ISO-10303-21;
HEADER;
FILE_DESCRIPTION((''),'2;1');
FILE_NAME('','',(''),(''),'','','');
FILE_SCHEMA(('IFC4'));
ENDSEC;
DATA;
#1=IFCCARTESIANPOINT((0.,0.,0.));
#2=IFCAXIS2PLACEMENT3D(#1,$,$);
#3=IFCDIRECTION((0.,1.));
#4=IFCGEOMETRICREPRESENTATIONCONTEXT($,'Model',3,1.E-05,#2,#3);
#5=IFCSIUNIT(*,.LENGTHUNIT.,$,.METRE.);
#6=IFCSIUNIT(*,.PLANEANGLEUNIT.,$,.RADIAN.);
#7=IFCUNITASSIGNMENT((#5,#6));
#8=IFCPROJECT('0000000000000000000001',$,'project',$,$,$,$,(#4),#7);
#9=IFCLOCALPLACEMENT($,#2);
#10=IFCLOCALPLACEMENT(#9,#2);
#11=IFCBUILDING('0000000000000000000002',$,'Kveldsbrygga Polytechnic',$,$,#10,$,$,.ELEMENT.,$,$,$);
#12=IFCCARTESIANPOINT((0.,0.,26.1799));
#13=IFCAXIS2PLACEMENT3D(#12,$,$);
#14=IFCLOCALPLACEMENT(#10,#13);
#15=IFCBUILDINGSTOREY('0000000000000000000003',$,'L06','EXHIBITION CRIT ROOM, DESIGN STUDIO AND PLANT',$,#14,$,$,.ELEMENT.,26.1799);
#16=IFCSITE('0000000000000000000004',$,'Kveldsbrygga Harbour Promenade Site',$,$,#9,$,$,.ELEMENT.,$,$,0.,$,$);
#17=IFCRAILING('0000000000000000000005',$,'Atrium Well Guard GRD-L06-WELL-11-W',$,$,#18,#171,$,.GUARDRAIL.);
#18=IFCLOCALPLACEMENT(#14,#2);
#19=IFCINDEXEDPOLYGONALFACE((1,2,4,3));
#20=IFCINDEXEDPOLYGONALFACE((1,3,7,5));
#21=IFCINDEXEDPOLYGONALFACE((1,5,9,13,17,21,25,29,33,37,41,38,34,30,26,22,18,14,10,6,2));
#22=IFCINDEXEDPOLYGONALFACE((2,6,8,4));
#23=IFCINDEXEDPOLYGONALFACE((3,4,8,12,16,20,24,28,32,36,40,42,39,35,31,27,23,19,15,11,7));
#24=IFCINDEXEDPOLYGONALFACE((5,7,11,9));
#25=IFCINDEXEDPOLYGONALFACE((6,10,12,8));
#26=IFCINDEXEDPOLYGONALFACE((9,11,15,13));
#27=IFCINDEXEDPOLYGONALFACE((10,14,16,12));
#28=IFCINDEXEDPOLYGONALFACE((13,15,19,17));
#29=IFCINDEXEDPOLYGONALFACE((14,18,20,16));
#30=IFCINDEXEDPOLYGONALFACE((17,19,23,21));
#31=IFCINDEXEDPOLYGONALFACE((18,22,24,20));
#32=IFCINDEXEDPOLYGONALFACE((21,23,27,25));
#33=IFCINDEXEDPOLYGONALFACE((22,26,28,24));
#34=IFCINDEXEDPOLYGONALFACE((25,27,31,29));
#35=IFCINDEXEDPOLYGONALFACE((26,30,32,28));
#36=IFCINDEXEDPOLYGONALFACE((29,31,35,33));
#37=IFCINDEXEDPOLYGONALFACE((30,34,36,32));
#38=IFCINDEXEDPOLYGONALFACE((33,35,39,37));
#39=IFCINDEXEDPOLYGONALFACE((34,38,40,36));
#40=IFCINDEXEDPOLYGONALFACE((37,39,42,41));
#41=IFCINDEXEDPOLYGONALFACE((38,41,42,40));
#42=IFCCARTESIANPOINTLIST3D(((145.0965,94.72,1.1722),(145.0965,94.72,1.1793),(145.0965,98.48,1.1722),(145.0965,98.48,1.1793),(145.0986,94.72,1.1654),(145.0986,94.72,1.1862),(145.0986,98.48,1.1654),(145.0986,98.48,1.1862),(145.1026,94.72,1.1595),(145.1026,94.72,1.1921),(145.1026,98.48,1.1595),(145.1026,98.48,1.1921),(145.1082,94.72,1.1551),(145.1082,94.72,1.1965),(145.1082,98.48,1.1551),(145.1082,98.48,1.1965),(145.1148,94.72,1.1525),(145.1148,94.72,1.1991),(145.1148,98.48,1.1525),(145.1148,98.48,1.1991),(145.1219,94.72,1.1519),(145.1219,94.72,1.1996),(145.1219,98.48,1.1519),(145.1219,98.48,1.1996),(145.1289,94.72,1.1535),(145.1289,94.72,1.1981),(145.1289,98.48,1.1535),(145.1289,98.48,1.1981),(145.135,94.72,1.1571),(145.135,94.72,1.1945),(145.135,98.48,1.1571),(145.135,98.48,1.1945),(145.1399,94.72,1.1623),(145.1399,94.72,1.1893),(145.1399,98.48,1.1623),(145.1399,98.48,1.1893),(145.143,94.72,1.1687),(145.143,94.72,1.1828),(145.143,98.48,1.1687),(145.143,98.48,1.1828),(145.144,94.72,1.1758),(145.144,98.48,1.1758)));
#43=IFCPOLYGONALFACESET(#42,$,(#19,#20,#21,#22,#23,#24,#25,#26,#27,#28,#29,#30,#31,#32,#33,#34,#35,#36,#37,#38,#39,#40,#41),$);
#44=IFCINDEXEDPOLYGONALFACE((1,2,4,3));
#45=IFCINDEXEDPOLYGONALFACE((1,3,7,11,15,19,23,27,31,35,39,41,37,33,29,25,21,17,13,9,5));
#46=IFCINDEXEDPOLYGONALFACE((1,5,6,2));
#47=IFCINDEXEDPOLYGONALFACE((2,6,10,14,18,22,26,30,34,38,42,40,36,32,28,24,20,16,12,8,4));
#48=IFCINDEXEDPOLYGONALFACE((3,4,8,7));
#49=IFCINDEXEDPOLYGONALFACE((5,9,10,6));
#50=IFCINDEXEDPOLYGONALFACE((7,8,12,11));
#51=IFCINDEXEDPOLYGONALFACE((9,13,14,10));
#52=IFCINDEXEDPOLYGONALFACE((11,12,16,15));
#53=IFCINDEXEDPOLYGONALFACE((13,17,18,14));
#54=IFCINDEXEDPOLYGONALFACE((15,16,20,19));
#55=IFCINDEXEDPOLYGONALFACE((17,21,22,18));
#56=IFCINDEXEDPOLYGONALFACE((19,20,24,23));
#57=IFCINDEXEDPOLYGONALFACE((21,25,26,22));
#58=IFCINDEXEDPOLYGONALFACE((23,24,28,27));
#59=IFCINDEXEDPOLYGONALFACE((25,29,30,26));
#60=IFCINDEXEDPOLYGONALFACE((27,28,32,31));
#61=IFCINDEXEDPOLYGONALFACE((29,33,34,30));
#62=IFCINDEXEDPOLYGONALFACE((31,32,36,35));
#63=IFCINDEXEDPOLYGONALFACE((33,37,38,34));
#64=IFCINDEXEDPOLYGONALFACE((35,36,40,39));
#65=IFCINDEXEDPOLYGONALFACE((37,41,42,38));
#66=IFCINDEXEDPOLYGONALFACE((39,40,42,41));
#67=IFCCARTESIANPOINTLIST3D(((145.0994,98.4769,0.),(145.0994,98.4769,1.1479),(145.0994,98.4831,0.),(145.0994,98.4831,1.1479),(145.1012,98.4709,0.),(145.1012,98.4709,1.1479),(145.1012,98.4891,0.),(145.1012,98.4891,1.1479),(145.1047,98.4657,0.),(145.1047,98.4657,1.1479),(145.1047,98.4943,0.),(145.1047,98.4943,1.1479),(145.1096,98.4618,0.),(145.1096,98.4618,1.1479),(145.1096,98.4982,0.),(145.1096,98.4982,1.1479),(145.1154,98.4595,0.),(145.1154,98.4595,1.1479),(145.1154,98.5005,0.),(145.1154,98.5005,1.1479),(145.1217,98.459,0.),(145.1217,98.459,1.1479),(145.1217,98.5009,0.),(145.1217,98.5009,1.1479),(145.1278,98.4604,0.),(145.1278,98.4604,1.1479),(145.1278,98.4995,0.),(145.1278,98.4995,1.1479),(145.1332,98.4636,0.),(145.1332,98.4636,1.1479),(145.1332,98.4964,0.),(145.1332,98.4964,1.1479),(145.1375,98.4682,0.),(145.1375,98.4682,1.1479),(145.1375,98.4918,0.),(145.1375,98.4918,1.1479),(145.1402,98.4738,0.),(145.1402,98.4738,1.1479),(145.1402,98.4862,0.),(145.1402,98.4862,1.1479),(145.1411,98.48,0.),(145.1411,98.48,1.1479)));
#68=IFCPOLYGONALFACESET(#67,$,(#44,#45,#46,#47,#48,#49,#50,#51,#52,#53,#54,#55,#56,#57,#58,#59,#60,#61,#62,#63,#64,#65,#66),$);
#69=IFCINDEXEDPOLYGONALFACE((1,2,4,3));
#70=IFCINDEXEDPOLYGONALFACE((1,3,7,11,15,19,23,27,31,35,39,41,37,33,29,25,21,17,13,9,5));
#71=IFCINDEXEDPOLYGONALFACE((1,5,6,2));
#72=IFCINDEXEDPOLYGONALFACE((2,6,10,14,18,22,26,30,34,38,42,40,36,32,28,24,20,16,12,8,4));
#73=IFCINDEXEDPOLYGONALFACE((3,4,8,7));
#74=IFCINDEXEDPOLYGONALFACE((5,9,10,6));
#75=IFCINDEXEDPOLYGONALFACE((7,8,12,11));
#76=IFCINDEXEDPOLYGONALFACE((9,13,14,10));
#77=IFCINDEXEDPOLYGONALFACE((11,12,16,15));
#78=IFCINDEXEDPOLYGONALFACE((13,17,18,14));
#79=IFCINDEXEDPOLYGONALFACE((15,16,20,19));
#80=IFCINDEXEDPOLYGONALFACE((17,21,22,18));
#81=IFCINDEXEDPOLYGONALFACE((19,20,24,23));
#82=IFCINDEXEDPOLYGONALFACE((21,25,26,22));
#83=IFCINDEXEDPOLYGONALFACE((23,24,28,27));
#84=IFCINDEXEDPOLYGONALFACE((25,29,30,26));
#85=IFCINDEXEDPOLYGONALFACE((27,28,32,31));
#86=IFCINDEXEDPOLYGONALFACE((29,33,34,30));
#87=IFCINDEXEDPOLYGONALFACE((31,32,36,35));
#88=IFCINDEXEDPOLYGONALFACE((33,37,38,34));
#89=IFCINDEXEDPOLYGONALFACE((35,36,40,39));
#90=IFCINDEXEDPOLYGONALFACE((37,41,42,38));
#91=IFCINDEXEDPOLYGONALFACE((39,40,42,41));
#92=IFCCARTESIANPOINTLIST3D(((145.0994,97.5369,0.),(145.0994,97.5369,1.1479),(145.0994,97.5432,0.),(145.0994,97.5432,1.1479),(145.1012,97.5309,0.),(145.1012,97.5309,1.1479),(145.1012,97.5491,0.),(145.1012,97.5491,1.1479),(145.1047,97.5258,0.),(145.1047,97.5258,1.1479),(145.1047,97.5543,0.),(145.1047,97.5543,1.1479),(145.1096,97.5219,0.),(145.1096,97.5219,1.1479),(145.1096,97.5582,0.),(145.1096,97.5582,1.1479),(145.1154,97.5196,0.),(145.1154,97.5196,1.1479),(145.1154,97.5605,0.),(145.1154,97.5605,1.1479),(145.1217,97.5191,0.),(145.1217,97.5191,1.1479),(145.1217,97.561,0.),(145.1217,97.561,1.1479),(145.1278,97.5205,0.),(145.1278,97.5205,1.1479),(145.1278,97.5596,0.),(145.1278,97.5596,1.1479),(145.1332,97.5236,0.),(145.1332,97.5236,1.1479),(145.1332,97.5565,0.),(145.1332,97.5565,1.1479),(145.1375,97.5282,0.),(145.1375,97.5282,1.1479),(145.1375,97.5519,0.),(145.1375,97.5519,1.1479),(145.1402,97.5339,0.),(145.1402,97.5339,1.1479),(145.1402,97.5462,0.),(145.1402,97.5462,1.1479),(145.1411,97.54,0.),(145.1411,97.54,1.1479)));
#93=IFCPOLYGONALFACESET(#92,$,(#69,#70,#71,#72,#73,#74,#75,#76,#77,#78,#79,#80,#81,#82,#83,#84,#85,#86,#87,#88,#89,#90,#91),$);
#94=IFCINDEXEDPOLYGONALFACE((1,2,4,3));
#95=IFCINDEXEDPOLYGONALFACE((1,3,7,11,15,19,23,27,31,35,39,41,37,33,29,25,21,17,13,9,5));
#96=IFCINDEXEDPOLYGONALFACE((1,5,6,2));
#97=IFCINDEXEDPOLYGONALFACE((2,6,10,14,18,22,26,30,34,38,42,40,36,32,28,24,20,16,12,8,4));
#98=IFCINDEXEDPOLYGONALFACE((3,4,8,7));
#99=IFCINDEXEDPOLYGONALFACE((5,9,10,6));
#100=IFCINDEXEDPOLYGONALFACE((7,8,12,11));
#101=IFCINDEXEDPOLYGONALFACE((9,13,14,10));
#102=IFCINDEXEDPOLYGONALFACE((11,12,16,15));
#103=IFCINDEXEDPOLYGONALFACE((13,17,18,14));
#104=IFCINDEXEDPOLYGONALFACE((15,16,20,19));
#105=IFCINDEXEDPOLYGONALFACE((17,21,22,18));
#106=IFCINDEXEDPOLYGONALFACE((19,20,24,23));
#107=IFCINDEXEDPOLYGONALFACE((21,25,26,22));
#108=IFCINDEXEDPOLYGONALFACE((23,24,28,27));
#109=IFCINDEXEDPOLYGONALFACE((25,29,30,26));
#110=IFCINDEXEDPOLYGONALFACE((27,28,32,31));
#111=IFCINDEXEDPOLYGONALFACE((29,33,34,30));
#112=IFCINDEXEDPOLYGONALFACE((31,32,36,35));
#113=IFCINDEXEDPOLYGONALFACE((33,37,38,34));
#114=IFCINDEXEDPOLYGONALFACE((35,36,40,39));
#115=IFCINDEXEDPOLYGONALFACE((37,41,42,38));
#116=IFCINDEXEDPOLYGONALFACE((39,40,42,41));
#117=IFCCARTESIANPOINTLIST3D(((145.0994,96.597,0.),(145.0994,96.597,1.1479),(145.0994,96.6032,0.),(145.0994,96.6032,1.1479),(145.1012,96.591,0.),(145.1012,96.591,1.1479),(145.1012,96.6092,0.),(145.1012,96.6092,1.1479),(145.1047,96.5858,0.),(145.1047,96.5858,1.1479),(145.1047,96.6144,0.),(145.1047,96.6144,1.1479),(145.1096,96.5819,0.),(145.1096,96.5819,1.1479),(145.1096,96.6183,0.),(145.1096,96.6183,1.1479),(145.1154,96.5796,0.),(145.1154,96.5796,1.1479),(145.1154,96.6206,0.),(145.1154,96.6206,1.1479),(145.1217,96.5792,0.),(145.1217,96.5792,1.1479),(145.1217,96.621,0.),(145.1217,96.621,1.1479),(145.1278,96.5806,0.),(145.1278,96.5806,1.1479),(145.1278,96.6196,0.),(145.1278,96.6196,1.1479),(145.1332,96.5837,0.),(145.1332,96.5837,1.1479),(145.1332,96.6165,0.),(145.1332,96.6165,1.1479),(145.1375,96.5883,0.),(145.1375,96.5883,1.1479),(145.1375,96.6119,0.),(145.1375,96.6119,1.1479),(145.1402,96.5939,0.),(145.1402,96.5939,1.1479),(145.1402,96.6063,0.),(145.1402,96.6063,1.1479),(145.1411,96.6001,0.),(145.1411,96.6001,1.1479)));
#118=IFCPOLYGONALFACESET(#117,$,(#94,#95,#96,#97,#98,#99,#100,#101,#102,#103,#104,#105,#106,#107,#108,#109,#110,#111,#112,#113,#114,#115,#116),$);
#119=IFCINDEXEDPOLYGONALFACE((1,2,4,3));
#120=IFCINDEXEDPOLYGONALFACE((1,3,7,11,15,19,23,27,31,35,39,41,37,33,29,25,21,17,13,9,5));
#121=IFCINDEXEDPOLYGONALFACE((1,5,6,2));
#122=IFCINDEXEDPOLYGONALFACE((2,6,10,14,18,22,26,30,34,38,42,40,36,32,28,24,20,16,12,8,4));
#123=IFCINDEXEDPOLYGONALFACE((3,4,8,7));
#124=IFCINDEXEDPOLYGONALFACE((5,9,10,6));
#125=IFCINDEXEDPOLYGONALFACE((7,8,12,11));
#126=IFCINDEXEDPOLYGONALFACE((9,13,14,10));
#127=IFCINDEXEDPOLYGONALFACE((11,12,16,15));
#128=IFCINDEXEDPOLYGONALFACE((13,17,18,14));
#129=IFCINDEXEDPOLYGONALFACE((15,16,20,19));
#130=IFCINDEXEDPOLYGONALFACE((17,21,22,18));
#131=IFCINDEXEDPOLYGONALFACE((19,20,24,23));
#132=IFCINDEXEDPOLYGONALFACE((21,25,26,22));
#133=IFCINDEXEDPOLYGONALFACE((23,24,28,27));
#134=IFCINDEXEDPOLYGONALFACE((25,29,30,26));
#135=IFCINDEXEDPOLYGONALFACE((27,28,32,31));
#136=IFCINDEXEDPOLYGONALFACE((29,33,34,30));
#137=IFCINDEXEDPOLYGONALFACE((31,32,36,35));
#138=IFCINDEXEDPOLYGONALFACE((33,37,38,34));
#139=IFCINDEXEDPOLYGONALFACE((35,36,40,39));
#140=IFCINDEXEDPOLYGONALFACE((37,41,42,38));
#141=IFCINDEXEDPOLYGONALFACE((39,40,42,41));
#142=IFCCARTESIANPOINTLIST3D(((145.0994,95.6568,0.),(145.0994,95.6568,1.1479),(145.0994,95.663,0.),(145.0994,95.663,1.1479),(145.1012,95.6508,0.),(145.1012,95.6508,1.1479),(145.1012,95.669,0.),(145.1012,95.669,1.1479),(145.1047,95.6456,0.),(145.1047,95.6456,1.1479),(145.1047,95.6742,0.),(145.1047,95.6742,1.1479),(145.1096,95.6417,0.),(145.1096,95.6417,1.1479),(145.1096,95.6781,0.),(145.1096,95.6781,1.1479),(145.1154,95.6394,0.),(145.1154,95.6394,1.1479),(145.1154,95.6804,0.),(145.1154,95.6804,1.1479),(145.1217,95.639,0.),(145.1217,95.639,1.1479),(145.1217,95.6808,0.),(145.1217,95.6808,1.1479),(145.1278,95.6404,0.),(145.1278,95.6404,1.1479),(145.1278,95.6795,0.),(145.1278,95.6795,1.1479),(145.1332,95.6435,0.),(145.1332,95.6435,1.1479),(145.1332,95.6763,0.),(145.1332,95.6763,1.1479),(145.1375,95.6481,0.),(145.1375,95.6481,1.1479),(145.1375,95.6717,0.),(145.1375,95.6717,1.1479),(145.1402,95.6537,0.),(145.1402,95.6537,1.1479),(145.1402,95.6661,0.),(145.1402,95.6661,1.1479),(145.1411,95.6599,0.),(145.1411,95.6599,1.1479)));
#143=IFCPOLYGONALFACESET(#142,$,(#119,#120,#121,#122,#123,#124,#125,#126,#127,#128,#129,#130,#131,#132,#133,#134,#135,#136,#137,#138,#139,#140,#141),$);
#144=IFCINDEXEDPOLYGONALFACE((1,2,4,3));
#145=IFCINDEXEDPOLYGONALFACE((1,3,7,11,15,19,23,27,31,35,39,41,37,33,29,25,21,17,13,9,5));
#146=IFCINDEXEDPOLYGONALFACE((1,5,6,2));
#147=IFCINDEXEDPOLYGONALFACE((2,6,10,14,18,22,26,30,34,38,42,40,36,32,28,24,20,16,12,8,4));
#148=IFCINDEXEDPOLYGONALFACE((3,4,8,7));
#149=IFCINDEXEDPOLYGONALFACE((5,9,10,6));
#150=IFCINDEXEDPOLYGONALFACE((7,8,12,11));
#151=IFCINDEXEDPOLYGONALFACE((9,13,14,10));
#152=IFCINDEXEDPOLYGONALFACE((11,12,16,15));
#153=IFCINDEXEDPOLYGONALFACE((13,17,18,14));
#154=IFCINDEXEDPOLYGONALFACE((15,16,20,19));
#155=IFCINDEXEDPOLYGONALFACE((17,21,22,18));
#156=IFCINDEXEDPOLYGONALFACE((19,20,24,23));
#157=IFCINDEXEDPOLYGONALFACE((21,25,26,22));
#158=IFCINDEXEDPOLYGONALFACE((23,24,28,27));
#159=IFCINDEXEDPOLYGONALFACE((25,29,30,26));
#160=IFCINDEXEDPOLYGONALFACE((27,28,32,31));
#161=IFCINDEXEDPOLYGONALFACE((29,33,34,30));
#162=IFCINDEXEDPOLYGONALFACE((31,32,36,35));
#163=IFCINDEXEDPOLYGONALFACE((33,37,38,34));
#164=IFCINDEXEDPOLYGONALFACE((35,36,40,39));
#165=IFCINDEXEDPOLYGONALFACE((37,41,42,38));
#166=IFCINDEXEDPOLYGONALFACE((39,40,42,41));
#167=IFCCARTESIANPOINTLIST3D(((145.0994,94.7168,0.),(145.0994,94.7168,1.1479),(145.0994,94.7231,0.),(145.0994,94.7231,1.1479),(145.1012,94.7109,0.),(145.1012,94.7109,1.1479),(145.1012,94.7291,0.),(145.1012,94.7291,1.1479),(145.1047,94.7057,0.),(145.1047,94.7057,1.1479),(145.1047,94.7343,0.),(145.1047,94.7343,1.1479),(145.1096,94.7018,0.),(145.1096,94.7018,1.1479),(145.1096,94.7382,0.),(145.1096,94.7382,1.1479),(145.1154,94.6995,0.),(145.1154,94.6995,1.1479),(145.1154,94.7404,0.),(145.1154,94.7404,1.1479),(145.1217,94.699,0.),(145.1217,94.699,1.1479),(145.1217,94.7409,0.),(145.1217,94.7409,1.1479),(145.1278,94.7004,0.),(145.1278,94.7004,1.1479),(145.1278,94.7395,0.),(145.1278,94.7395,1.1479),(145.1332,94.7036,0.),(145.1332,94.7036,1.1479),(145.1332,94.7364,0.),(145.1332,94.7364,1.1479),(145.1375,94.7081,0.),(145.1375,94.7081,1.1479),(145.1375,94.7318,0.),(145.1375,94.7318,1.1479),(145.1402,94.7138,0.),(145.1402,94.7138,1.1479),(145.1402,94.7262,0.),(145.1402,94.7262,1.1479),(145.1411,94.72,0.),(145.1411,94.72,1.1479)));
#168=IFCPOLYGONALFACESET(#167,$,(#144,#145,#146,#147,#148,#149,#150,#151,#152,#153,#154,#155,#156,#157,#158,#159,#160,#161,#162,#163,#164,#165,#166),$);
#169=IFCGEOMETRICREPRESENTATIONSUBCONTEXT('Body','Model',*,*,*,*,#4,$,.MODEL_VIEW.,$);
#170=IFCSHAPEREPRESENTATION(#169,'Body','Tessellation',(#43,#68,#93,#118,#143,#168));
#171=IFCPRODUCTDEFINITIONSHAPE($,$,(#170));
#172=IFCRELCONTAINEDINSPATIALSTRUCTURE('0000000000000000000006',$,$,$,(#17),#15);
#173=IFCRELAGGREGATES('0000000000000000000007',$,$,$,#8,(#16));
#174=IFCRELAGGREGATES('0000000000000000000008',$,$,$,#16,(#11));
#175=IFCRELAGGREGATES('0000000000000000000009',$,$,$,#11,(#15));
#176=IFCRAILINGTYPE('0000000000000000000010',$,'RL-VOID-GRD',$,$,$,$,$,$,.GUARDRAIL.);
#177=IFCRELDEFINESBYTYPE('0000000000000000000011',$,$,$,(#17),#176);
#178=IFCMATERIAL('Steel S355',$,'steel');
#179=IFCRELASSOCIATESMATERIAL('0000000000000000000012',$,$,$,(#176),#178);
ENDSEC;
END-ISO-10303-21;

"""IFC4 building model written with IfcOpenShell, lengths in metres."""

from ifc_helpers import new_model, si_unit, direction, frame, origin, origin_2d, place, context, subcontext, project, spatial, circle, extrude, material, type_object, element, save


model = new_model("IFC4")

# Units and contexts
model_context = context("Model", 3, precision=1e-05, world=origin(), true_north=direction((0.0, 1.0)))
body_context = subcontext(model_context, "Body", "Model", "MODEL_VIEW")
ifc_project = project(units=[si_unit("LENGTHUNIT", "METRE"), si_unit("PLANEANGLEUNIT", "RADIAN")], contexts=[model_context])

# Site, building, storey
site_placement = place(None, origin())
site = spatial("IfcSite", under=ifc_project, at=site_placement, Name="Kveldsbrygga Harbour Promenade Site", CompositionType="ELEMENT", RefElevation=0.0)
building_placement = place(site_placement, origin())
building = spatial("IfcBuilding", under=site, at=building_placement, Name="Kveldsbrygga Polytechnic", CompositionType="ELEMENT")
storey_placement = place(building_placement, frame((0.0, 0.0, 26.1799)))
storey = spatial("IfcBuildingStorey", under=building, at=storey_placement, Name="L06", Description="EXHIBITION CRIT ROOM, DESIGN STUDIO AND PLANT", CompositionType="ELEMENT", Elevation=26.1799)

# Shared definitions
ifc_material_1 = material(Name="Steel S355", Category="steel")

# Railing
railing_type = type_object("IfcRailingType", Name="RL-VOID-GRD", PredefinedType="GUARDRAIL", material=ifc_material_1)
railing_1_placement = place(storey_placement, frame((145.1201, 98.48, 0.0)))
element("IfcRailing", 1, at=railing_1_placement, inside=storey, type_object=railing_type, Name="Atrium Well Guard GRD-L06-WELL-11-W", PredefinedType="GUARDRAIL", context=body_context, shape_type="SweptSolid", body=[
    extrude(circle(Radius=0.0239, at=origin_2d()), frame((0.0, 0.0, 1.1758), z_axis=(0.0, -1.0, 0.0), x_axis=(1.0, 0.0, 0.0)), (0.0, 0.0, 1.0), 3.76),
    extrude(circle(Radius=0.021, at=origin_2d()), origin(), (0.0, 0.0, 1.0), 1.1479),
    extrude(circle(Radius=0.021, at=origin_2d()), frame((0.0, -0.9399, 0.0)), (0.0, 0.0, 1.0), 1.1479),
    extrude(circle(Radius=0.021, at=origin_2d()), frame((0.0, -1.8799, 0.0)), (0.0, 0.0, 1.0), 1.1479),
    extrude(circle(Radius=0.021, at=origin_2d()), frame((0.0, -2.8201, 0.0)), (0.0, 0.0, 1.0), 1.1479),
    extrude(circle(Radius=0.021, at=origin_2d()), frame((0.0, -3.76, 0.0)), (0.0, 0.0, 1.0), 1.1479),
])

save(model, "model.ifc")
